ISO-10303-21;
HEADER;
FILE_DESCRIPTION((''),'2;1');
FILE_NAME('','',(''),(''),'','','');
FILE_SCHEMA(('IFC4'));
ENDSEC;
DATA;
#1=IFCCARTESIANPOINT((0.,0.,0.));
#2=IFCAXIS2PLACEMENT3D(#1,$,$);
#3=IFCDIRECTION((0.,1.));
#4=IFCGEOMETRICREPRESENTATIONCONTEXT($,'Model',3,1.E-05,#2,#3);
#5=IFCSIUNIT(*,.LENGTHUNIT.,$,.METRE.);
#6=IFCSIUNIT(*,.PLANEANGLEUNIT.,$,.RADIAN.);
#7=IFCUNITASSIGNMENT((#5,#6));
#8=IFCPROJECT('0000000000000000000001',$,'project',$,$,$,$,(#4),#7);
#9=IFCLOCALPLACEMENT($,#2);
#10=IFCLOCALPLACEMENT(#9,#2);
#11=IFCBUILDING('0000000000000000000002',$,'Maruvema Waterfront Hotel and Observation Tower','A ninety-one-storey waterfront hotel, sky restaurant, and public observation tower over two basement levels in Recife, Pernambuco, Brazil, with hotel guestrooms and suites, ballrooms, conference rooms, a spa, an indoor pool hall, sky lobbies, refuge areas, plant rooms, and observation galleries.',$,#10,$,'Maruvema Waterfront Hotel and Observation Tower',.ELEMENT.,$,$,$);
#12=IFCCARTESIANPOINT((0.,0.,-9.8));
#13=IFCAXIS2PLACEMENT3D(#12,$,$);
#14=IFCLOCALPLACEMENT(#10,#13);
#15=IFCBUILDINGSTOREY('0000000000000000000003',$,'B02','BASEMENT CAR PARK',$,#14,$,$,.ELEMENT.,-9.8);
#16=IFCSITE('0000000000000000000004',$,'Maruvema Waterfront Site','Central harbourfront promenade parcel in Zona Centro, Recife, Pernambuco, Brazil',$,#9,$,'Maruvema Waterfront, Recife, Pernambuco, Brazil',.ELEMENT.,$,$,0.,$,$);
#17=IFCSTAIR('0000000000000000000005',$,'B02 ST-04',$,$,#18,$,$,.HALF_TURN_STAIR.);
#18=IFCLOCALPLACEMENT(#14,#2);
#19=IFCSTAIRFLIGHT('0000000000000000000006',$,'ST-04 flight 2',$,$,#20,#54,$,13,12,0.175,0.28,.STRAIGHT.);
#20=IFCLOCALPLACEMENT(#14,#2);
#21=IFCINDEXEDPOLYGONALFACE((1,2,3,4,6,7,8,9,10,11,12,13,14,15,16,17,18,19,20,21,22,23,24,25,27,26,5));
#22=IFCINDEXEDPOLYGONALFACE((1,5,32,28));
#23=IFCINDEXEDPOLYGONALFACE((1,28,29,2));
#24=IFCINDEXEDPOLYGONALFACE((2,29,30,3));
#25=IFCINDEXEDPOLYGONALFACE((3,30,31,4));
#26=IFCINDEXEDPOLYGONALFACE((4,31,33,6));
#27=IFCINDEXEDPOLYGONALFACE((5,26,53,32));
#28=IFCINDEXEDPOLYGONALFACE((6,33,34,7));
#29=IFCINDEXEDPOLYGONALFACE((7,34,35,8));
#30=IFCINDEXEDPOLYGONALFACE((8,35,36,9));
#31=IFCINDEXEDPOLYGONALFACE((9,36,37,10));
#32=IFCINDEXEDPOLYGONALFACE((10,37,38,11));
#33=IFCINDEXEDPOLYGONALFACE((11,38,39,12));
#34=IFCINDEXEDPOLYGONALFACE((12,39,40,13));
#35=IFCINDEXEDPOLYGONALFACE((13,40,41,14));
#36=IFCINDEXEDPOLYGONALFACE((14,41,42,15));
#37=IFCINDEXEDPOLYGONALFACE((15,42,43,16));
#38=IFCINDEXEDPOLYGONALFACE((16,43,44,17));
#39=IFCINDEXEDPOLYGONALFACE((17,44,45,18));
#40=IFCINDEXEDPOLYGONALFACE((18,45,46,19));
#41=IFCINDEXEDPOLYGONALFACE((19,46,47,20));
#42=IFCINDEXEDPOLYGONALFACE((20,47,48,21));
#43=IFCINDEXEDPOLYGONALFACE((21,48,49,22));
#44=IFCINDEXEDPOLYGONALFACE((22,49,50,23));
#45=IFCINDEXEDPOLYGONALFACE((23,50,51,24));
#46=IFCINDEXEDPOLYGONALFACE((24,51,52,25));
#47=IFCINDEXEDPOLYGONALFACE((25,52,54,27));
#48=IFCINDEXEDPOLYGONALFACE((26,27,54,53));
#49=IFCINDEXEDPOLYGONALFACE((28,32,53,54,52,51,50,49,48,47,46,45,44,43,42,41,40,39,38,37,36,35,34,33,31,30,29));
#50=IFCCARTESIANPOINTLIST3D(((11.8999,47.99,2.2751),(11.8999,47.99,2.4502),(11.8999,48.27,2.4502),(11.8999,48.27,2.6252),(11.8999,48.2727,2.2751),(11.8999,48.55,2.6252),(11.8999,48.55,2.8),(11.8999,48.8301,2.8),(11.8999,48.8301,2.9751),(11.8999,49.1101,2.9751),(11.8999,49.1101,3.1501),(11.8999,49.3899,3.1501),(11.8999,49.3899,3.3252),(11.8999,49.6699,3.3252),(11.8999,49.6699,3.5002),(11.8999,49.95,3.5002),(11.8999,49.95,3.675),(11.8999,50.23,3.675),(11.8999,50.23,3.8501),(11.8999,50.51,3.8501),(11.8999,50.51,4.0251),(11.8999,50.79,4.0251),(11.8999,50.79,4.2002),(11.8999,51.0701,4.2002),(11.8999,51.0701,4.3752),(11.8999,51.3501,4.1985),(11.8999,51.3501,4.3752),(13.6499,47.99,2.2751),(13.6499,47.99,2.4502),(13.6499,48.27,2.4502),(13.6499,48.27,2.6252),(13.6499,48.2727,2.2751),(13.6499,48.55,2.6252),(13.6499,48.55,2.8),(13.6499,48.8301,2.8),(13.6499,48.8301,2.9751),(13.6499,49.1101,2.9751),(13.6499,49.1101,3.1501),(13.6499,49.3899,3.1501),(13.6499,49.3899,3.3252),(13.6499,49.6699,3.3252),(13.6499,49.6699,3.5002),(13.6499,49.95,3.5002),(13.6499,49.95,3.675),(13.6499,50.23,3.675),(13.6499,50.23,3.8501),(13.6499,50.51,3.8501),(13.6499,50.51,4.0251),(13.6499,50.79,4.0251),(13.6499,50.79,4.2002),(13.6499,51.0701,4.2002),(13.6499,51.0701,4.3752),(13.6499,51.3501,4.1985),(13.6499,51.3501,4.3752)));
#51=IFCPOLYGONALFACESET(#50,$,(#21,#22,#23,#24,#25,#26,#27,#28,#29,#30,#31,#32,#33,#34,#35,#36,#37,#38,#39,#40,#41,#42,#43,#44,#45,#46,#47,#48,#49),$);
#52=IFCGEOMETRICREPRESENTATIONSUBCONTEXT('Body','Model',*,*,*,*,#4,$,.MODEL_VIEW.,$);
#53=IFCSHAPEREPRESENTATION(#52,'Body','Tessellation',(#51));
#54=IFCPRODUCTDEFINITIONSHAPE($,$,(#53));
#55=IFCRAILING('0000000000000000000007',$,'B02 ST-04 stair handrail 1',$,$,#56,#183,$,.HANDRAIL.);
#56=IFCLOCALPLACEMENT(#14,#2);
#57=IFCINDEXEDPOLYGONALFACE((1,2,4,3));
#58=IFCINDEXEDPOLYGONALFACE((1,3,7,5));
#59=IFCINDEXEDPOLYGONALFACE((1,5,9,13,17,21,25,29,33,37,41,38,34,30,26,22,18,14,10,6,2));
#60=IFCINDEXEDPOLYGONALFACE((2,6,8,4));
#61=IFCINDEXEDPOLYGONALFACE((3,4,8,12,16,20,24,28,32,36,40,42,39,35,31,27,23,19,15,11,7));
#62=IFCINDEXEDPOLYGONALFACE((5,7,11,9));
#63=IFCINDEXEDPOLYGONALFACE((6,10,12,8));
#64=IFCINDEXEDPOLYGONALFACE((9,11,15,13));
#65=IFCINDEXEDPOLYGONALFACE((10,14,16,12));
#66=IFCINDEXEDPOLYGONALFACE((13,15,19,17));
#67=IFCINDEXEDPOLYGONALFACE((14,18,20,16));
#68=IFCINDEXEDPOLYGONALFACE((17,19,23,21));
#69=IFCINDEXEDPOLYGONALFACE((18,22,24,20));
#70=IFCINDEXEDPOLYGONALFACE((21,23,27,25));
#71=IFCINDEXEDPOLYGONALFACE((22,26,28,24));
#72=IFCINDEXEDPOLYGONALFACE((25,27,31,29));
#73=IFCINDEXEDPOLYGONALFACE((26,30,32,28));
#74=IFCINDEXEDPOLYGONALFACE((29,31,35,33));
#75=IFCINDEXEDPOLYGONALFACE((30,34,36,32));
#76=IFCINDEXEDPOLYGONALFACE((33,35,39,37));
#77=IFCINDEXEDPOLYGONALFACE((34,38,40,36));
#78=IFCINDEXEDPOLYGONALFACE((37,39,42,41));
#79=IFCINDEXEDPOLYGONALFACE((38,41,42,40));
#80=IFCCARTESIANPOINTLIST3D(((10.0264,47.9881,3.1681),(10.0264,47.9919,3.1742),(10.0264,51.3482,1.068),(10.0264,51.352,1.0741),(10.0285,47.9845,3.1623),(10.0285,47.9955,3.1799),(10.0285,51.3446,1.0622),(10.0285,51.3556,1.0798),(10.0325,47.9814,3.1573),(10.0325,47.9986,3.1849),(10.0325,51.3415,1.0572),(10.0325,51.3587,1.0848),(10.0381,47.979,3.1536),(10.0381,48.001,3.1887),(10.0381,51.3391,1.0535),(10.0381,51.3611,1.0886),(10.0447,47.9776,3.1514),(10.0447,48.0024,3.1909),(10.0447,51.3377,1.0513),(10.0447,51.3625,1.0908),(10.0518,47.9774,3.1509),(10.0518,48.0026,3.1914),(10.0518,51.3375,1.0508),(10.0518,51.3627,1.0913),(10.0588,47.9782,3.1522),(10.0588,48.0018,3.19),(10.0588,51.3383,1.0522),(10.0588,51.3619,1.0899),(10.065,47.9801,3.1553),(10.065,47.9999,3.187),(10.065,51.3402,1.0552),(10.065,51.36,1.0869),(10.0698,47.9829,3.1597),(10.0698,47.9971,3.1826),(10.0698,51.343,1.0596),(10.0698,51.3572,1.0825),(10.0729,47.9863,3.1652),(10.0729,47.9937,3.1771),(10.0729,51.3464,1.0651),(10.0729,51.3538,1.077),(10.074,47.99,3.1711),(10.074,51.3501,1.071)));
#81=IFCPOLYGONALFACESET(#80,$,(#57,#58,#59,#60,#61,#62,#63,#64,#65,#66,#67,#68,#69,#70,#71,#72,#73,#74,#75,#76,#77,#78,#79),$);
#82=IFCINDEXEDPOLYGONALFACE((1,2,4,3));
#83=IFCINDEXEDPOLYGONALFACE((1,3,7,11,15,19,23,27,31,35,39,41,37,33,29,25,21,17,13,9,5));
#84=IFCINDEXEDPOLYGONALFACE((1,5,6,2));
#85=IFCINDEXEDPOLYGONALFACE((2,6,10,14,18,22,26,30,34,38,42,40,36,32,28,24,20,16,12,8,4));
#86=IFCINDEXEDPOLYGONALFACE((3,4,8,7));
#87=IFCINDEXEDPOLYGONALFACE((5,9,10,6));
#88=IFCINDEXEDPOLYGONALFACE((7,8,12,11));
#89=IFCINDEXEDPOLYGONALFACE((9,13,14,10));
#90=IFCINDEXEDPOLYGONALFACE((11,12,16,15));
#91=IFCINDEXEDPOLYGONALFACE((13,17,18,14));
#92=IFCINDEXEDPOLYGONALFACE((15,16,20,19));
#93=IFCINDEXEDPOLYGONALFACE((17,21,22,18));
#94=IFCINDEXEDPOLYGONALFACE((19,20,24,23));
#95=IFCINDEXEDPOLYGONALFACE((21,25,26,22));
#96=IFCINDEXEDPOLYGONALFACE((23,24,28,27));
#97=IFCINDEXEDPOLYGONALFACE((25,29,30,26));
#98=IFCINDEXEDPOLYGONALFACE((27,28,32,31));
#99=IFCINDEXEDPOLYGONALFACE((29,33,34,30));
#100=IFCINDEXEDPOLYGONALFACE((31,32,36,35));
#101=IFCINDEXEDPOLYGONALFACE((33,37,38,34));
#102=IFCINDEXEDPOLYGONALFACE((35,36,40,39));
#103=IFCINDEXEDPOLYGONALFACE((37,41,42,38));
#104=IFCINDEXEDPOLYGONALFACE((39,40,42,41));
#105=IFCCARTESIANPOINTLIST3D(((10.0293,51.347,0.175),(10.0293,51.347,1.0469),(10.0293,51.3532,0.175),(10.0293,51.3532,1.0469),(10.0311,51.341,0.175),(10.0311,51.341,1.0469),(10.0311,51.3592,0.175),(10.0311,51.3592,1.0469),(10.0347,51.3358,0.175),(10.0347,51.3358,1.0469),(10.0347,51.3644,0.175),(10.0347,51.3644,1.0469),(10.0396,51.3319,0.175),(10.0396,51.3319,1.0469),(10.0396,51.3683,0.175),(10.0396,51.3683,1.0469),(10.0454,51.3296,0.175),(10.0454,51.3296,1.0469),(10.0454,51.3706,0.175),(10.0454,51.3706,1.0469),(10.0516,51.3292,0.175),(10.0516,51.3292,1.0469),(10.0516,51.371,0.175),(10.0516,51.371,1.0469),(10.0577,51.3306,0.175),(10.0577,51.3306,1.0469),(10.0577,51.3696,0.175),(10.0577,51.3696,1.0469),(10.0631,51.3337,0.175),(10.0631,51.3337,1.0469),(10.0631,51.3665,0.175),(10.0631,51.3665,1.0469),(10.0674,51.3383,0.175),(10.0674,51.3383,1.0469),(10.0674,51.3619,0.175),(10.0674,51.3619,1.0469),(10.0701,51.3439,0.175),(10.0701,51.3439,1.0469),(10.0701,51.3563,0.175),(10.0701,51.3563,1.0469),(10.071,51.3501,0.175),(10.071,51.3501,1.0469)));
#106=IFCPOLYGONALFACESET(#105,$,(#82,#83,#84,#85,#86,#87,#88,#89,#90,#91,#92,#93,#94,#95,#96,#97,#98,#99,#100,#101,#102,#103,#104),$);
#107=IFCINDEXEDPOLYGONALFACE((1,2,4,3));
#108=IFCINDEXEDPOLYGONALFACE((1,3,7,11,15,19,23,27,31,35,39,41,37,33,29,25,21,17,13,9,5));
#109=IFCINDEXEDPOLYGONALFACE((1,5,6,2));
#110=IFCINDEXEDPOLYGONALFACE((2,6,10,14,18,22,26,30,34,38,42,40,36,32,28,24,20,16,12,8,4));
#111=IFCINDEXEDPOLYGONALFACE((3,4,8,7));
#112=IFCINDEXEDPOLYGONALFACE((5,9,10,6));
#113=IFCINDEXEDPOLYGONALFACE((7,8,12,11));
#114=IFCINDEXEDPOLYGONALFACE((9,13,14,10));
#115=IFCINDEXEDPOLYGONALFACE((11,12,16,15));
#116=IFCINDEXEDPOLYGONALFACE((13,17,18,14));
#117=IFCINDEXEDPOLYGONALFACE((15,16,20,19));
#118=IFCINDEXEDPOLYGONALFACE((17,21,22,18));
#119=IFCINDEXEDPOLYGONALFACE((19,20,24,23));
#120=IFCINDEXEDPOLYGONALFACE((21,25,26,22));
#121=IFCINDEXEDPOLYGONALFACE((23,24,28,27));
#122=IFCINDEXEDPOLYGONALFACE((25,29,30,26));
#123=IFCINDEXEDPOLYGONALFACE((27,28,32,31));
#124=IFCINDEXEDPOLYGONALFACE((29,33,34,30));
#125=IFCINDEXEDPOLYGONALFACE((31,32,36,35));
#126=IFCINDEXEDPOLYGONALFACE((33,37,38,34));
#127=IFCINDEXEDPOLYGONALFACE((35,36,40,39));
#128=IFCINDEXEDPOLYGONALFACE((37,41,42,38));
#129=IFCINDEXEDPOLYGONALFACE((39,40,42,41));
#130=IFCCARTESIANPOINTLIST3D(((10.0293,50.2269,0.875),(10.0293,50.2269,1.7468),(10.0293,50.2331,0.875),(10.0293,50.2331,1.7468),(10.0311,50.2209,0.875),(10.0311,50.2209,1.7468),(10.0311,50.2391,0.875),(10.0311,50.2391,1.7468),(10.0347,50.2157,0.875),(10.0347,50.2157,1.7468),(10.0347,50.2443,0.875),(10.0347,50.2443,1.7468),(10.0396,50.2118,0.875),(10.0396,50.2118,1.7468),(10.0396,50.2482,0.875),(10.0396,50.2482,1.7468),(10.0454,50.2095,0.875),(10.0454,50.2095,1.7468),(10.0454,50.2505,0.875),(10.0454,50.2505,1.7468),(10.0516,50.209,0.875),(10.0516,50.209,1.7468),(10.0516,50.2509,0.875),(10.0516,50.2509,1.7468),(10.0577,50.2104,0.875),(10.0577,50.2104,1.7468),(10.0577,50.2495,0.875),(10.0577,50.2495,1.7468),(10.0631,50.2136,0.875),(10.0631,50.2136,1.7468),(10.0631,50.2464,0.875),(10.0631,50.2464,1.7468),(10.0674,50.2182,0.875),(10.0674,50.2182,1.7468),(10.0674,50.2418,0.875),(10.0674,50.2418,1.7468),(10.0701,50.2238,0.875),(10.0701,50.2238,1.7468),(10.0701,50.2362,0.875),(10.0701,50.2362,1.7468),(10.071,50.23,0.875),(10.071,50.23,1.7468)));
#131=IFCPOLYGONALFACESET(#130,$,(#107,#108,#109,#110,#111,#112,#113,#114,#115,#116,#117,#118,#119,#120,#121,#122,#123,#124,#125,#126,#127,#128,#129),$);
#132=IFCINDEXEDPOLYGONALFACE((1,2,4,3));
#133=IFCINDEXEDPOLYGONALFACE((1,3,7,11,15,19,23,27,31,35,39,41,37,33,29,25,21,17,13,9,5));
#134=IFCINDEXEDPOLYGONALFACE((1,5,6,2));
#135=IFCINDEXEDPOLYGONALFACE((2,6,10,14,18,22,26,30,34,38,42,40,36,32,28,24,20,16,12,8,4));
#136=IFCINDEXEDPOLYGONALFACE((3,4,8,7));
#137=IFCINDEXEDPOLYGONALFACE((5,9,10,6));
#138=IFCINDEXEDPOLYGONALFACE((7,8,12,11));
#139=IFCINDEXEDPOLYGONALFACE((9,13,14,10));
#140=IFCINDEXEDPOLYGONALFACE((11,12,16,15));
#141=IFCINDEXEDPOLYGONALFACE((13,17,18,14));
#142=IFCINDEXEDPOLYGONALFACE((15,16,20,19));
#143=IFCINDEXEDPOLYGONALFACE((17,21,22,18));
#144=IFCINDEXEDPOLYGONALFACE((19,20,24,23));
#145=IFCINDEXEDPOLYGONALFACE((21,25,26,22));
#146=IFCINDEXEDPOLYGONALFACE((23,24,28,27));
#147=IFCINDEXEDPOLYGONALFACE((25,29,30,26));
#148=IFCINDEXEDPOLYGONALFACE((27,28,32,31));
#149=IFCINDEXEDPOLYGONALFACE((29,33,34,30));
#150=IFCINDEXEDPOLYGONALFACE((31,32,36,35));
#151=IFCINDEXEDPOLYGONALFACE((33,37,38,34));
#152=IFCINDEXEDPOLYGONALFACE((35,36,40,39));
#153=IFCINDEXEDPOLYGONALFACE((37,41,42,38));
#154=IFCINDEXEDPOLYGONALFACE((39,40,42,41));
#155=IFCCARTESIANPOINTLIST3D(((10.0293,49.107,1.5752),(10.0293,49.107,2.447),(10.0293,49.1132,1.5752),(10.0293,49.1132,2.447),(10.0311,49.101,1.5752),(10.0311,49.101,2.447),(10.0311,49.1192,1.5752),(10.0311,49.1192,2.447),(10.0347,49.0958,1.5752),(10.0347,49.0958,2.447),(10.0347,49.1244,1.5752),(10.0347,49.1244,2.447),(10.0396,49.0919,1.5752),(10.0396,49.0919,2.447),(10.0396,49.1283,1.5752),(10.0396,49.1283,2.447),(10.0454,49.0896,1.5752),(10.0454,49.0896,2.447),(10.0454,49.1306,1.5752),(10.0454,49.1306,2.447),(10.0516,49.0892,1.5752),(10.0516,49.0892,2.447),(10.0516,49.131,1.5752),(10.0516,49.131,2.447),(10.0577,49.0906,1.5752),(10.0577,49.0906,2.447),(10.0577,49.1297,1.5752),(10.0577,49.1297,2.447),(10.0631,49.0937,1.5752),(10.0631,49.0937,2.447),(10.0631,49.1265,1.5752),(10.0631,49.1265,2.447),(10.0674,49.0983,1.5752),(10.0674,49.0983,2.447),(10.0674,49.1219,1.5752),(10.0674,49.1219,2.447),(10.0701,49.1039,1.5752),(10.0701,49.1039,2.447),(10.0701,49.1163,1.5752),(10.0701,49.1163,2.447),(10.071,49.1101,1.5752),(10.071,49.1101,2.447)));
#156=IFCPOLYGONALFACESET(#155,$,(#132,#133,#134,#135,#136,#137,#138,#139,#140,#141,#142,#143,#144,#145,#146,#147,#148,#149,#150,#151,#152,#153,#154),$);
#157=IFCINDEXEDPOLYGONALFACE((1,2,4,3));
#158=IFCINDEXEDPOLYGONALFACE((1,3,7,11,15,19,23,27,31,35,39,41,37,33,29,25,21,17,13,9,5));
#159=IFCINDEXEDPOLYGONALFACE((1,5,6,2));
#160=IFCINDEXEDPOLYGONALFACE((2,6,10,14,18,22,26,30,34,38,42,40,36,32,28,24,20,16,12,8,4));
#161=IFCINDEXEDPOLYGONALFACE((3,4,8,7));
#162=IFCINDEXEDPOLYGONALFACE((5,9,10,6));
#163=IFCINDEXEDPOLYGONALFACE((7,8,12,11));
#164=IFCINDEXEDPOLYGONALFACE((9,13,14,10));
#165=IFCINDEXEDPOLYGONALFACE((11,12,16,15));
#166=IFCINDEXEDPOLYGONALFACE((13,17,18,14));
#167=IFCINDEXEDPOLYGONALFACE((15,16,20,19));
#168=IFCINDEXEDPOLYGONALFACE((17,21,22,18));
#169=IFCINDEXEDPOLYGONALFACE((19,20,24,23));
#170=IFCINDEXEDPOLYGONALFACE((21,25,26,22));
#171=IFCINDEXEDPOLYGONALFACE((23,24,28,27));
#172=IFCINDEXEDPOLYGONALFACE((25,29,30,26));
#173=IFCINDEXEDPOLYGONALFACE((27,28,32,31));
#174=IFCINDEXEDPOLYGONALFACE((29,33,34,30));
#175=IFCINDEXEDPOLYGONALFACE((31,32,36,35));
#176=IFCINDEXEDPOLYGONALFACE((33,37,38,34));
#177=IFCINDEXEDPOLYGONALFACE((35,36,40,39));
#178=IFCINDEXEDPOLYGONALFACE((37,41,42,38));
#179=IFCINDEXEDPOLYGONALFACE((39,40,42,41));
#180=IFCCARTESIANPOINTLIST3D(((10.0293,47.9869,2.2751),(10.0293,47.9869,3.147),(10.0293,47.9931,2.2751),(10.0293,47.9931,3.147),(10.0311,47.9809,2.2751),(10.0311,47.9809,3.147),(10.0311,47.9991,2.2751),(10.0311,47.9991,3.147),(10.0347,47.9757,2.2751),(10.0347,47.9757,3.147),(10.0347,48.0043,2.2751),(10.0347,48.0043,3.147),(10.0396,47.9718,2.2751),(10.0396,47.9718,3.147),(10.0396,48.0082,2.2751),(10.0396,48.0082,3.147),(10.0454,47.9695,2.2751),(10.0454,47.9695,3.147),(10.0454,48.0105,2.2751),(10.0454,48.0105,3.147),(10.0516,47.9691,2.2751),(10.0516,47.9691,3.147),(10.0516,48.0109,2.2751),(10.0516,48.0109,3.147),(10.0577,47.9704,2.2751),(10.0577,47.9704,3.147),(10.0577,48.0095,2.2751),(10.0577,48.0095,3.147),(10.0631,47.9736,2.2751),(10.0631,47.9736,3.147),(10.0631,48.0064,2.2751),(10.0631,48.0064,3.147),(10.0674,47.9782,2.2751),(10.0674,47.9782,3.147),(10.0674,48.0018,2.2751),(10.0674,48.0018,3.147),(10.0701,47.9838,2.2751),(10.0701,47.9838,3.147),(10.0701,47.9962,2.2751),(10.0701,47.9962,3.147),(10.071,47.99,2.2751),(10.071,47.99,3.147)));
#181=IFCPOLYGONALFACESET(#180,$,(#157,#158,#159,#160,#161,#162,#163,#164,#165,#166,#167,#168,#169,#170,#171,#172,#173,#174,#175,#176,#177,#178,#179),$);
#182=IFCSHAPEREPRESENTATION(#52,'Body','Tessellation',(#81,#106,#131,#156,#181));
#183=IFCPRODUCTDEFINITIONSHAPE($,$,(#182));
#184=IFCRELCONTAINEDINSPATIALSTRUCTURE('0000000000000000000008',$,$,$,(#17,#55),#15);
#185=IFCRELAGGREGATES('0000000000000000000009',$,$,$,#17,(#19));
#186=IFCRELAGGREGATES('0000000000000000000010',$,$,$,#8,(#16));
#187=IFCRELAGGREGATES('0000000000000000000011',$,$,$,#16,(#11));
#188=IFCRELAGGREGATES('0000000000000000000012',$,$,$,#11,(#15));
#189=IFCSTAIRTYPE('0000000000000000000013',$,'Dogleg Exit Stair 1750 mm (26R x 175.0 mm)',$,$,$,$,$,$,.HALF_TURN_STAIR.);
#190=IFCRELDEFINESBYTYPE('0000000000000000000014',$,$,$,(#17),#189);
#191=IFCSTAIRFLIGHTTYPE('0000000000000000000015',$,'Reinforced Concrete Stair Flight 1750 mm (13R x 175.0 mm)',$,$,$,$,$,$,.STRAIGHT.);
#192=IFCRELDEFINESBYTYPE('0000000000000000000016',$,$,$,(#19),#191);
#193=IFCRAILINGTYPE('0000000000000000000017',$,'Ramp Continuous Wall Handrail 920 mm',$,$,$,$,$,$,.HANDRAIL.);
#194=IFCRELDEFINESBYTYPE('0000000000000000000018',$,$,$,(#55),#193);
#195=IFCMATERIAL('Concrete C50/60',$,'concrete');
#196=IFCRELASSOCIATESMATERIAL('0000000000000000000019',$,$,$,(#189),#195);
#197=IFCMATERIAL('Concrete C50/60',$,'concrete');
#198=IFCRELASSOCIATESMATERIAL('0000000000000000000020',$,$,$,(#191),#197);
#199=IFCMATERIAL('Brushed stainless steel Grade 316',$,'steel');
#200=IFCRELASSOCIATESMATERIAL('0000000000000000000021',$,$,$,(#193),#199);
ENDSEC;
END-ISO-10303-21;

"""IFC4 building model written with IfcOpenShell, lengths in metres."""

from ifc_helpers import new_model, si_unit, direction, frame, origin, origin_2d, place, context, subcontext, project, spatial, polyline, circle, outline, extrude, material, type_object, element, aggregate, save


model = new_model("IFC4")

# Units and contexts
model_context = context("Model", 3, precision=1e-05, world=origin(), true_north=direction((0.0, 1.0)))
body_context = subcontext(model_context, "Body", "Model", "MODEL_VIEW")
ifc_project = project(units=[si_unit("LENGTHUNIT", "METRE"), si_unit("PLANEANGLEUNIT", "RADIAN")], contexts=[model_context])

# Site, building, storey
site_placement = place(None, origin())
site = spatial("IfcSite", under=ifc_project, at=site_placement, Name="Maruvema Waterfront Site", Description="Central harbourfront promenade parcel in Zona Centro, Recife, Pernambuco, Brazil", LongName="Maruvema Waterfront, Recife, Pernambuco, Brazil", CompositionType="ELEMENT", RefElevation=0.0)
building_placement = place(site_placement, origin())
building = spatial("IfcBuilding", under=site, at=building_placement, Name="Maruvema Waterfront Hotel and Observation Tower", Description="A ninety-one-storey waterfront hotel, sky restaurant, and public observation tower over two basement levels in Recife, Pernambuco, Brazil, with hotel guestrooms and suites, ballrooms, conference rooms, a spa, an indoor pool hall, sky lobbies, refuge areas, plant rooms, and observation galleries.", LongName="Maruvema Waterfront Hotel and Observation Tower", CompositionType="ELEMENT")
storey_placement = place(building_placement, frame((0.0, 0.0, -9.8)))
storey = spatial("IfcBuildingStorey", under=building, at=storey_placement, Name="B02", Description="BASEMENT CAR PARK", CompositionType="ELEMENT", Elevation=-9.8)

# Stair, stair flight
ifc_material_1 = material(Name="Concrete C50/60", Category="concrete")
stair_type = type_object("IfcStairType", Name="Dogleg Exit Stair 1750 mm (26R x 175.0 mm)", PredefinedType="HALF_TURN_STAIR", material=ifc_material_1)
stair_placement = place(storey_placement, origin())
stair = element("IfcStair", 1, at=stair_placement, inside=storey, type_object=stair_type, Name="B02 ST-04", PredefinedType="HALF_TURN_STAIR")
ifc_material_2 = material(Name="Concrete C50/60", Category="concrete")
stair_flight_type = type_object("IfcStairFlightType", Name="Reinforced Concrete Stair Flight 1750 mm (13R x 175.0 mm)", PredefinedType="STRAIGHT", material=ifc_material_2)
stair_flight_1_placement = place(storey_placement, frame((12.7749, 47.99, 2.2751), z_axis=(0.0, 0.0, 1.0), x_axis=(0.0, 1.0, 0.0)))
stair_flight_1 = element("IfcStairFlight", 2, at=stair_flight_1_placement, type_object=stair_flight_type, Name="ST-04 flight 2", NumberOfRisers=13, NumberOfTreads=12, PredefinedType="STRAIGHT", RiserHeight=0.175, TreadLength=0.28, context=body_context, shape_type="SweptSolid", body=[
    extrude(outline(polyline([(0.0, 0.0), (0.0, 0.175), (0.28, 0.175), (0.28, 0.3501), (0.5601, 0.3501), (0.5601, 0.5249), (0.8401, 0.5249), (0.8401, 0.7), (1.1201, 0.7), (1.1201, 0.875), (1.3999, 0.875), (1.3999, 1.05), (1.6799, 1.05), (1.6799, 1.2251), (1.96, 1.2251), (1.96, 1.3999), (2.24, 1.3999), (2.24, 1.575), (2.52, 1.575), (2.52, 1.75), (2.8, 1.75), (2.8, 1.925), (3.0801, 1.925), (3.0801, 2.1001), (3.3601, 2.1001), (3.3601, 2.2749), (3.3601, 1.9233), (0.2827, 0.0), (0.0, 0.0)])), frame((0.0, 0.875, 0.0), z_axis=(0.0, -1.0, 0.0), x_axis=(1.0, 0.0, 0.0)), (0.0, 0.0, 1.0), 1.75),
])
aggregate(stair, [stair_flight_1])

# Railing
ifc_material_3 = material(Name="Brushed stainless steel Grade 316", Category="steel")
railing_type_1 = type_object("IfcRailingType", Name="Ramp Continuous Wall Handrail 920 mm", PredefinedType="HANDRAIL", material=ifc_material_3)
railing_1_placement = place(storey_placement, frame((10.05, 51.3501, 0.175)))
element("IfcRailing", 3, at=railing_1_placement, inside=storey, type_object=railing_type_1, Name="B02 ST-04 stair handrail 1", PredefinedType="HANDRAIL", context=body_context, shape_type="SweptSolid", body=[
    extrude(circle(Radius=0.0239, at=origin_2d()), frame((0.0, 0.0, 0.896), z_axis=(0.0, -0.847995, 0.530004), x_axis=(1.0, 0.0, 0.0)), (0.0, 0.0, 1.0), 3.9624),
    extrude(circle(Radius=0.021, at=origin_2d()), origin(), (0.0, 0.0, 1.0), 0.8718),
    extrude(circle(Radius=0.021, at=origin_2d()), frame((0.0, -1.1201, 0.7)), (0.0, 0.0, 1.0), 0.8718),
    extrude(circle(Radius=0.021, at=origin_2d()), frame((0.0, -2.24, 1.4001)), (0.0, 0.0, 1.0), 0.8718),
    extrude(circle(Radius=0.021, at=origin_2d()), frame((0.0, -3.3601, 2.1001)), (0.0, 0.0, 1.0), 0.8718),
])

save(model, "model.ifc")
